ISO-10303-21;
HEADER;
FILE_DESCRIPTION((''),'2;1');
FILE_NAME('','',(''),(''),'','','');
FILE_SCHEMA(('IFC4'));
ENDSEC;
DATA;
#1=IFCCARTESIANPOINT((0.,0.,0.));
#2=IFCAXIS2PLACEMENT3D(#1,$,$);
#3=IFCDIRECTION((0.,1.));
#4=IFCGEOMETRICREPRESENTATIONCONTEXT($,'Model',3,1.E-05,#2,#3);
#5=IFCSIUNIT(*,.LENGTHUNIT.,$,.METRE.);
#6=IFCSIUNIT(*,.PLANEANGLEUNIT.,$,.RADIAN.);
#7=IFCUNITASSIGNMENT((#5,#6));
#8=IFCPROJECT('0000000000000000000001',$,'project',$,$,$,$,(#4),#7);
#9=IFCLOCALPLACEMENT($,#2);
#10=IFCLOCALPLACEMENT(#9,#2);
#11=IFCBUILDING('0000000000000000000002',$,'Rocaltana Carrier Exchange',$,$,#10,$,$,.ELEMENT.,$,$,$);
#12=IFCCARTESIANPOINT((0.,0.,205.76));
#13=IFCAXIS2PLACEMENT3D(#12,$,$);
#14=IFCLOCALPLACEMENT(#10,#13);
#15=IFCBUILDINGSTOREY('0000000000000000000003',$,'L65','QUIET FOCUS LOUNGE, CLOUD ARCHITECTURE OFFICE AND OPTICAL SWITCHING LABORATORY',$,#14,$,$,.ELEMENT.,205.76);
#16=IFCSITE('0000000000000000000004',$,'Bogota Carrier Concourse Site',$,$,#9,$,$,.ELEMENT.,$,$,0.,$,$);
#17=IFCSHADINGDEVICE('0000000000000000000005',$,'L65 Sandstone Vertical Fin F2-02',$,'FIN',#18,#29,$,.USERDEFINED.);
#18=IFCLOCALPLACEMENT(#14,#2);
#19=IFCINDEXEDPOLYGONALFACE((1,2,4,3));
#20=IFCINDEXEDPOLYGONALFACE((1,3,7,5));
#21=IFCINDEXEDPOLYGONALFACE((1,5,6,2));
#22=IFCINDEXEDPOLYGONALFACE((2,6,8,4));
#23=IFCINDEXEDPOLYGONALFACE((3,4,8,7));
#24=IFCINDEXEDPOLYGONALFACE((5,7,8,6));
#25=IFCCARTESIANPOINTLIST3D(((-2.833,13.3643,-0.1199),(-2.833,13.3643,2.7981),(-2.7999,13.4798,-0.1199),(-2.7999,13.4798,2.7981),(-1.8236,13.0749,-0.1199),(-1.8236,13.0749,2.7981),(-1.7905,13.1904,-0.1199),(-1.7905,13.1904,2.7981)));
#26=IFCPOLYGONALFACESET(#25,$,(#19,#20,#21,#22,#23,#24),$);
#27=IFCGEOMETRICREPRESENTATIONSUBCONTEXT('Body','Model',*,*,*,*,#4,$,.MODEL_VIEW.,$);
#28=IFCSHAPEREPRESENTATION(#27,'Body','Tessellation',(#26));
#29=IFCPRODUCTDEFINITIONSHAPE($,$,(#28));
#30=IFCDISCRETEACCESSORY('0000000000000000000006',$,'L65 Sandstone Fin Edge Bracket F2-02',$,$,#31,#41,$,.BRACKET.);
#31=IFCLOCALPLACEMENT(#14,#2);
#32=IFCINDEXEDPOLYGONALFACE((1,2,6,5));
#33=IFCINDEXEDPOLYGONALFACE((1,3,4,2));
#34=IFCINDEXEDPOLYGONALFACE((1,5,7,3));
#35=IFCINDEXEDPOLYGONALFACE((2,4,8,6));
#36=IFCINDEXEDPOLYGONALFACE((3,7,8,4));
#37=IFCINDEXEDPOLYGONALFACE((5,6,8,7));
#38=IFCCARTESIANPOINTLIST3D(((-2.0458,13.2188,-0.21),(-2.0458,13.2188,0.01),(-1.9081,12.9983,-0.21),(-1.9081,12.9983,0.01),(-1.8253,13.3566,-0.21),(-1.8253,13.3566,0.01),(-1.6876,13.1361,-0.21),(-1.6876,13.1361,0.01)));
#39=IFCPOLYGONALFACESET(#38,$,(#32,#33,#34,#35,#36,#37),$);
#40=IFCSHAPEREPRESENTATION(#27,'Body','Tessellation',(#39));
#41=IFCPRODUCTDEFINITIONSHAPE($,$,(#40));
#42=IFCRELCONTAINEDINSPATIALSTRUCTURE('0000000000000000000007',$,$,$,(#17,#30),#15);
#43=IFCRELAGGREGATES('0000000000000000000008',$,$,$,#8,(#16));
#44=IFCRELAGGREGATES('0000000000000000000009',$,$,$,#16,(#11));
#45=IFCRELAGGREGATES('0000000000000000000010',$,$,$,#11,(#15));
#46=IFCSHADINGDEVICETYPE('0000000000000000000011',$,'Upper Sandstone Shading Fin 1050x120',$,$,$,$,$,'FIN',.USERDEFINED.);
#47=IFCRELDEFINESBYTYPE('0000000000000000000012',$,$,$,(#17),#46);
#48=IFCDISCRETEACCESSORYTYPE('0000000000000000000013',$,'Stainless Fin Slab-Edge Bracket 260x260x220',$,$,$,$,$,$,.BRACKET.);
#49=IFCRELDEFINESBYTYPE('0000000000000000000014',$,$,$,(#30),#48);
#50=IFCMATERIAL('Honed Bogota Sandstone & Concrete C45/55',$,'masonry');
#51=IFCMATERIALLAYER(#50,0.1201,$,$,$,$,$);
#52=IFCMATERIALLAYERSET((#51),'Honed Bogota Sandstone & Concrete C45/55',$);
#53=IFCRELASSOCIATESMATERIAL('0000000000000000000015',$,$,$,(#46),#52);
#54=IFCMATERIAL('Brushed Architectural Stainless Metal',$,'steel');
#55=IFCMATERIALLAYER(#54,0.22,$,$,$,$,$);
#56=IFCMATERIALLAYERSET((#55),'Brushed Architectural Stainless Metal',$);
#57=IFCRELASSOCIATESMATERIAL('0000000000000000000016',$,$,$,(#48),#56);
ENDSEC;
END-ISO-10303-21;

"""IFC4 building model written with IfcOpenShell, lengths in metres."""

from ifc_helpers import new_model, si_unit, direction, frame, origin, origin_2d, place, context, subcontext, project, spatial, rectangle, extrude, material, layer, layer_set, type_object, element, save


model = new_model("IFC4")

# Units and contexts
model_context = context("Model", 3, precision=1e-05, world=origin(), true_north=direction((0.0, 1.0)))
body_context = subcontext(model_context, "Body", "Model", "MODEL_VIEW")
ifc_project = project(units=[si_unit("LENGTHUNIT", "METRE"), si_unit("PLANEANGLEUNIT", "RADIAN")], contexts=[model_context])

# Site, building, storey
site_placement = place(None, origin())
site = spatial("IfcSite", under=ifc_project, at=site_placement, Name="Bogota Carrier Concourse Site", CompositionType="ELEMENT", RefElevation=0.0)
building_placement = place(site_placement, origin())
building = spatial("IfcBuilding", under=site, at=building_placement, Name="Rocaltana Carrier Exchange", CompositionType="ELEMENT")
storey_placement = place(building_placement, frame((0.0, 0.0, 205.76)))
storey = spatial("IfcBuildingStorey", under=building, at=storey_placement, Name="L65", Description="QUIET FOCUS LOUNGE, CLOUD ARCHITECTURE OFFICE AND OPTICAL SWITCHING LABORATORY", CompositionType="ELEMENT", Elevation=205.76)

# Shading device
ifc_material_1 = material(Name="Honed Bogota Sandstone & Concrete C45/55", Category="masonry")
ifc_layer_1 = layer(ifc_material_1, 0.1201)
ifc_layer_set_1 = layer_set([ifc_layer_1], Name="Honed Bogota Sandstone & Concrete C45/55")
shading_device_type = type_object("IfcShadingDeviceType", Name="Upper Sandstone Shading Fin 1050x120", ElementType="FIN", PredefinedType="USERDEFINED", material=ifc_layer_set_1)
shading_device_placement = place(storey_placement, frame((-2.3118, 13.2773, -0.1199), z_axis=(0.0, 0.0, 1.0), x_axis=(-0.961262, 0.275637, 0.0)))
element("IfcShadingDevice", 1, at=shading_device_placement, inside=storey, type_object=shading_device_type, Name="L65 Sandstone Vertical Fin F2-02", ObjectType="FIN", PredefinedType="USERDEFINED", context=body_context, shape_type="SweptSolid", body=[
    extrude(rectangle(XDim=1.05, YDim=0.1201, at=origin_2d()), origin(), (0.0, 0.0, 1.0), 2.918),
])

# Discrete accessory
ifc_material_2 = material(Name="Brushed Architectural Stainless Metal", Category="steel")
ifc_layer_2 = layer(ifc_material_2, 0.22)
ifc_layer_set_2 = layer_set([ifc_layer_2], Name="Brushed Architectural Stainless Metal")
discrete_accessory_type = type_object("IfcDiscreteAccessoryType", Name="Stainless Fin Slab-Edge Bracket 260x260x220", PredefinedType="BRACKET", material=ifc_layer_set_2)
discrete_accessory_placement = place(storey_placement, frame((-1.8667, 13.1775, -0.21), z_axis=(0.0, 0.0, 1.0), x_axis=(-0.848048, -0.529919, 0.0)))
element("IfcDiscreteAccessory", 2, at=discrete_accessory_placement, inside=storey, type_object=discrete_accessory_type, Name="L65 Sandstone Fin Edge Bracket F2-02", PredefinedType="BRACKET", context=body_context, shape_type="SweptSolid", body=[
    extrude(rectangle(XDim=0.26, YDim=0.26, at=origin_2d()), origin(), (0.0, 0.0, 1.0), 0.22),
])

save(model, "model.ifc")
